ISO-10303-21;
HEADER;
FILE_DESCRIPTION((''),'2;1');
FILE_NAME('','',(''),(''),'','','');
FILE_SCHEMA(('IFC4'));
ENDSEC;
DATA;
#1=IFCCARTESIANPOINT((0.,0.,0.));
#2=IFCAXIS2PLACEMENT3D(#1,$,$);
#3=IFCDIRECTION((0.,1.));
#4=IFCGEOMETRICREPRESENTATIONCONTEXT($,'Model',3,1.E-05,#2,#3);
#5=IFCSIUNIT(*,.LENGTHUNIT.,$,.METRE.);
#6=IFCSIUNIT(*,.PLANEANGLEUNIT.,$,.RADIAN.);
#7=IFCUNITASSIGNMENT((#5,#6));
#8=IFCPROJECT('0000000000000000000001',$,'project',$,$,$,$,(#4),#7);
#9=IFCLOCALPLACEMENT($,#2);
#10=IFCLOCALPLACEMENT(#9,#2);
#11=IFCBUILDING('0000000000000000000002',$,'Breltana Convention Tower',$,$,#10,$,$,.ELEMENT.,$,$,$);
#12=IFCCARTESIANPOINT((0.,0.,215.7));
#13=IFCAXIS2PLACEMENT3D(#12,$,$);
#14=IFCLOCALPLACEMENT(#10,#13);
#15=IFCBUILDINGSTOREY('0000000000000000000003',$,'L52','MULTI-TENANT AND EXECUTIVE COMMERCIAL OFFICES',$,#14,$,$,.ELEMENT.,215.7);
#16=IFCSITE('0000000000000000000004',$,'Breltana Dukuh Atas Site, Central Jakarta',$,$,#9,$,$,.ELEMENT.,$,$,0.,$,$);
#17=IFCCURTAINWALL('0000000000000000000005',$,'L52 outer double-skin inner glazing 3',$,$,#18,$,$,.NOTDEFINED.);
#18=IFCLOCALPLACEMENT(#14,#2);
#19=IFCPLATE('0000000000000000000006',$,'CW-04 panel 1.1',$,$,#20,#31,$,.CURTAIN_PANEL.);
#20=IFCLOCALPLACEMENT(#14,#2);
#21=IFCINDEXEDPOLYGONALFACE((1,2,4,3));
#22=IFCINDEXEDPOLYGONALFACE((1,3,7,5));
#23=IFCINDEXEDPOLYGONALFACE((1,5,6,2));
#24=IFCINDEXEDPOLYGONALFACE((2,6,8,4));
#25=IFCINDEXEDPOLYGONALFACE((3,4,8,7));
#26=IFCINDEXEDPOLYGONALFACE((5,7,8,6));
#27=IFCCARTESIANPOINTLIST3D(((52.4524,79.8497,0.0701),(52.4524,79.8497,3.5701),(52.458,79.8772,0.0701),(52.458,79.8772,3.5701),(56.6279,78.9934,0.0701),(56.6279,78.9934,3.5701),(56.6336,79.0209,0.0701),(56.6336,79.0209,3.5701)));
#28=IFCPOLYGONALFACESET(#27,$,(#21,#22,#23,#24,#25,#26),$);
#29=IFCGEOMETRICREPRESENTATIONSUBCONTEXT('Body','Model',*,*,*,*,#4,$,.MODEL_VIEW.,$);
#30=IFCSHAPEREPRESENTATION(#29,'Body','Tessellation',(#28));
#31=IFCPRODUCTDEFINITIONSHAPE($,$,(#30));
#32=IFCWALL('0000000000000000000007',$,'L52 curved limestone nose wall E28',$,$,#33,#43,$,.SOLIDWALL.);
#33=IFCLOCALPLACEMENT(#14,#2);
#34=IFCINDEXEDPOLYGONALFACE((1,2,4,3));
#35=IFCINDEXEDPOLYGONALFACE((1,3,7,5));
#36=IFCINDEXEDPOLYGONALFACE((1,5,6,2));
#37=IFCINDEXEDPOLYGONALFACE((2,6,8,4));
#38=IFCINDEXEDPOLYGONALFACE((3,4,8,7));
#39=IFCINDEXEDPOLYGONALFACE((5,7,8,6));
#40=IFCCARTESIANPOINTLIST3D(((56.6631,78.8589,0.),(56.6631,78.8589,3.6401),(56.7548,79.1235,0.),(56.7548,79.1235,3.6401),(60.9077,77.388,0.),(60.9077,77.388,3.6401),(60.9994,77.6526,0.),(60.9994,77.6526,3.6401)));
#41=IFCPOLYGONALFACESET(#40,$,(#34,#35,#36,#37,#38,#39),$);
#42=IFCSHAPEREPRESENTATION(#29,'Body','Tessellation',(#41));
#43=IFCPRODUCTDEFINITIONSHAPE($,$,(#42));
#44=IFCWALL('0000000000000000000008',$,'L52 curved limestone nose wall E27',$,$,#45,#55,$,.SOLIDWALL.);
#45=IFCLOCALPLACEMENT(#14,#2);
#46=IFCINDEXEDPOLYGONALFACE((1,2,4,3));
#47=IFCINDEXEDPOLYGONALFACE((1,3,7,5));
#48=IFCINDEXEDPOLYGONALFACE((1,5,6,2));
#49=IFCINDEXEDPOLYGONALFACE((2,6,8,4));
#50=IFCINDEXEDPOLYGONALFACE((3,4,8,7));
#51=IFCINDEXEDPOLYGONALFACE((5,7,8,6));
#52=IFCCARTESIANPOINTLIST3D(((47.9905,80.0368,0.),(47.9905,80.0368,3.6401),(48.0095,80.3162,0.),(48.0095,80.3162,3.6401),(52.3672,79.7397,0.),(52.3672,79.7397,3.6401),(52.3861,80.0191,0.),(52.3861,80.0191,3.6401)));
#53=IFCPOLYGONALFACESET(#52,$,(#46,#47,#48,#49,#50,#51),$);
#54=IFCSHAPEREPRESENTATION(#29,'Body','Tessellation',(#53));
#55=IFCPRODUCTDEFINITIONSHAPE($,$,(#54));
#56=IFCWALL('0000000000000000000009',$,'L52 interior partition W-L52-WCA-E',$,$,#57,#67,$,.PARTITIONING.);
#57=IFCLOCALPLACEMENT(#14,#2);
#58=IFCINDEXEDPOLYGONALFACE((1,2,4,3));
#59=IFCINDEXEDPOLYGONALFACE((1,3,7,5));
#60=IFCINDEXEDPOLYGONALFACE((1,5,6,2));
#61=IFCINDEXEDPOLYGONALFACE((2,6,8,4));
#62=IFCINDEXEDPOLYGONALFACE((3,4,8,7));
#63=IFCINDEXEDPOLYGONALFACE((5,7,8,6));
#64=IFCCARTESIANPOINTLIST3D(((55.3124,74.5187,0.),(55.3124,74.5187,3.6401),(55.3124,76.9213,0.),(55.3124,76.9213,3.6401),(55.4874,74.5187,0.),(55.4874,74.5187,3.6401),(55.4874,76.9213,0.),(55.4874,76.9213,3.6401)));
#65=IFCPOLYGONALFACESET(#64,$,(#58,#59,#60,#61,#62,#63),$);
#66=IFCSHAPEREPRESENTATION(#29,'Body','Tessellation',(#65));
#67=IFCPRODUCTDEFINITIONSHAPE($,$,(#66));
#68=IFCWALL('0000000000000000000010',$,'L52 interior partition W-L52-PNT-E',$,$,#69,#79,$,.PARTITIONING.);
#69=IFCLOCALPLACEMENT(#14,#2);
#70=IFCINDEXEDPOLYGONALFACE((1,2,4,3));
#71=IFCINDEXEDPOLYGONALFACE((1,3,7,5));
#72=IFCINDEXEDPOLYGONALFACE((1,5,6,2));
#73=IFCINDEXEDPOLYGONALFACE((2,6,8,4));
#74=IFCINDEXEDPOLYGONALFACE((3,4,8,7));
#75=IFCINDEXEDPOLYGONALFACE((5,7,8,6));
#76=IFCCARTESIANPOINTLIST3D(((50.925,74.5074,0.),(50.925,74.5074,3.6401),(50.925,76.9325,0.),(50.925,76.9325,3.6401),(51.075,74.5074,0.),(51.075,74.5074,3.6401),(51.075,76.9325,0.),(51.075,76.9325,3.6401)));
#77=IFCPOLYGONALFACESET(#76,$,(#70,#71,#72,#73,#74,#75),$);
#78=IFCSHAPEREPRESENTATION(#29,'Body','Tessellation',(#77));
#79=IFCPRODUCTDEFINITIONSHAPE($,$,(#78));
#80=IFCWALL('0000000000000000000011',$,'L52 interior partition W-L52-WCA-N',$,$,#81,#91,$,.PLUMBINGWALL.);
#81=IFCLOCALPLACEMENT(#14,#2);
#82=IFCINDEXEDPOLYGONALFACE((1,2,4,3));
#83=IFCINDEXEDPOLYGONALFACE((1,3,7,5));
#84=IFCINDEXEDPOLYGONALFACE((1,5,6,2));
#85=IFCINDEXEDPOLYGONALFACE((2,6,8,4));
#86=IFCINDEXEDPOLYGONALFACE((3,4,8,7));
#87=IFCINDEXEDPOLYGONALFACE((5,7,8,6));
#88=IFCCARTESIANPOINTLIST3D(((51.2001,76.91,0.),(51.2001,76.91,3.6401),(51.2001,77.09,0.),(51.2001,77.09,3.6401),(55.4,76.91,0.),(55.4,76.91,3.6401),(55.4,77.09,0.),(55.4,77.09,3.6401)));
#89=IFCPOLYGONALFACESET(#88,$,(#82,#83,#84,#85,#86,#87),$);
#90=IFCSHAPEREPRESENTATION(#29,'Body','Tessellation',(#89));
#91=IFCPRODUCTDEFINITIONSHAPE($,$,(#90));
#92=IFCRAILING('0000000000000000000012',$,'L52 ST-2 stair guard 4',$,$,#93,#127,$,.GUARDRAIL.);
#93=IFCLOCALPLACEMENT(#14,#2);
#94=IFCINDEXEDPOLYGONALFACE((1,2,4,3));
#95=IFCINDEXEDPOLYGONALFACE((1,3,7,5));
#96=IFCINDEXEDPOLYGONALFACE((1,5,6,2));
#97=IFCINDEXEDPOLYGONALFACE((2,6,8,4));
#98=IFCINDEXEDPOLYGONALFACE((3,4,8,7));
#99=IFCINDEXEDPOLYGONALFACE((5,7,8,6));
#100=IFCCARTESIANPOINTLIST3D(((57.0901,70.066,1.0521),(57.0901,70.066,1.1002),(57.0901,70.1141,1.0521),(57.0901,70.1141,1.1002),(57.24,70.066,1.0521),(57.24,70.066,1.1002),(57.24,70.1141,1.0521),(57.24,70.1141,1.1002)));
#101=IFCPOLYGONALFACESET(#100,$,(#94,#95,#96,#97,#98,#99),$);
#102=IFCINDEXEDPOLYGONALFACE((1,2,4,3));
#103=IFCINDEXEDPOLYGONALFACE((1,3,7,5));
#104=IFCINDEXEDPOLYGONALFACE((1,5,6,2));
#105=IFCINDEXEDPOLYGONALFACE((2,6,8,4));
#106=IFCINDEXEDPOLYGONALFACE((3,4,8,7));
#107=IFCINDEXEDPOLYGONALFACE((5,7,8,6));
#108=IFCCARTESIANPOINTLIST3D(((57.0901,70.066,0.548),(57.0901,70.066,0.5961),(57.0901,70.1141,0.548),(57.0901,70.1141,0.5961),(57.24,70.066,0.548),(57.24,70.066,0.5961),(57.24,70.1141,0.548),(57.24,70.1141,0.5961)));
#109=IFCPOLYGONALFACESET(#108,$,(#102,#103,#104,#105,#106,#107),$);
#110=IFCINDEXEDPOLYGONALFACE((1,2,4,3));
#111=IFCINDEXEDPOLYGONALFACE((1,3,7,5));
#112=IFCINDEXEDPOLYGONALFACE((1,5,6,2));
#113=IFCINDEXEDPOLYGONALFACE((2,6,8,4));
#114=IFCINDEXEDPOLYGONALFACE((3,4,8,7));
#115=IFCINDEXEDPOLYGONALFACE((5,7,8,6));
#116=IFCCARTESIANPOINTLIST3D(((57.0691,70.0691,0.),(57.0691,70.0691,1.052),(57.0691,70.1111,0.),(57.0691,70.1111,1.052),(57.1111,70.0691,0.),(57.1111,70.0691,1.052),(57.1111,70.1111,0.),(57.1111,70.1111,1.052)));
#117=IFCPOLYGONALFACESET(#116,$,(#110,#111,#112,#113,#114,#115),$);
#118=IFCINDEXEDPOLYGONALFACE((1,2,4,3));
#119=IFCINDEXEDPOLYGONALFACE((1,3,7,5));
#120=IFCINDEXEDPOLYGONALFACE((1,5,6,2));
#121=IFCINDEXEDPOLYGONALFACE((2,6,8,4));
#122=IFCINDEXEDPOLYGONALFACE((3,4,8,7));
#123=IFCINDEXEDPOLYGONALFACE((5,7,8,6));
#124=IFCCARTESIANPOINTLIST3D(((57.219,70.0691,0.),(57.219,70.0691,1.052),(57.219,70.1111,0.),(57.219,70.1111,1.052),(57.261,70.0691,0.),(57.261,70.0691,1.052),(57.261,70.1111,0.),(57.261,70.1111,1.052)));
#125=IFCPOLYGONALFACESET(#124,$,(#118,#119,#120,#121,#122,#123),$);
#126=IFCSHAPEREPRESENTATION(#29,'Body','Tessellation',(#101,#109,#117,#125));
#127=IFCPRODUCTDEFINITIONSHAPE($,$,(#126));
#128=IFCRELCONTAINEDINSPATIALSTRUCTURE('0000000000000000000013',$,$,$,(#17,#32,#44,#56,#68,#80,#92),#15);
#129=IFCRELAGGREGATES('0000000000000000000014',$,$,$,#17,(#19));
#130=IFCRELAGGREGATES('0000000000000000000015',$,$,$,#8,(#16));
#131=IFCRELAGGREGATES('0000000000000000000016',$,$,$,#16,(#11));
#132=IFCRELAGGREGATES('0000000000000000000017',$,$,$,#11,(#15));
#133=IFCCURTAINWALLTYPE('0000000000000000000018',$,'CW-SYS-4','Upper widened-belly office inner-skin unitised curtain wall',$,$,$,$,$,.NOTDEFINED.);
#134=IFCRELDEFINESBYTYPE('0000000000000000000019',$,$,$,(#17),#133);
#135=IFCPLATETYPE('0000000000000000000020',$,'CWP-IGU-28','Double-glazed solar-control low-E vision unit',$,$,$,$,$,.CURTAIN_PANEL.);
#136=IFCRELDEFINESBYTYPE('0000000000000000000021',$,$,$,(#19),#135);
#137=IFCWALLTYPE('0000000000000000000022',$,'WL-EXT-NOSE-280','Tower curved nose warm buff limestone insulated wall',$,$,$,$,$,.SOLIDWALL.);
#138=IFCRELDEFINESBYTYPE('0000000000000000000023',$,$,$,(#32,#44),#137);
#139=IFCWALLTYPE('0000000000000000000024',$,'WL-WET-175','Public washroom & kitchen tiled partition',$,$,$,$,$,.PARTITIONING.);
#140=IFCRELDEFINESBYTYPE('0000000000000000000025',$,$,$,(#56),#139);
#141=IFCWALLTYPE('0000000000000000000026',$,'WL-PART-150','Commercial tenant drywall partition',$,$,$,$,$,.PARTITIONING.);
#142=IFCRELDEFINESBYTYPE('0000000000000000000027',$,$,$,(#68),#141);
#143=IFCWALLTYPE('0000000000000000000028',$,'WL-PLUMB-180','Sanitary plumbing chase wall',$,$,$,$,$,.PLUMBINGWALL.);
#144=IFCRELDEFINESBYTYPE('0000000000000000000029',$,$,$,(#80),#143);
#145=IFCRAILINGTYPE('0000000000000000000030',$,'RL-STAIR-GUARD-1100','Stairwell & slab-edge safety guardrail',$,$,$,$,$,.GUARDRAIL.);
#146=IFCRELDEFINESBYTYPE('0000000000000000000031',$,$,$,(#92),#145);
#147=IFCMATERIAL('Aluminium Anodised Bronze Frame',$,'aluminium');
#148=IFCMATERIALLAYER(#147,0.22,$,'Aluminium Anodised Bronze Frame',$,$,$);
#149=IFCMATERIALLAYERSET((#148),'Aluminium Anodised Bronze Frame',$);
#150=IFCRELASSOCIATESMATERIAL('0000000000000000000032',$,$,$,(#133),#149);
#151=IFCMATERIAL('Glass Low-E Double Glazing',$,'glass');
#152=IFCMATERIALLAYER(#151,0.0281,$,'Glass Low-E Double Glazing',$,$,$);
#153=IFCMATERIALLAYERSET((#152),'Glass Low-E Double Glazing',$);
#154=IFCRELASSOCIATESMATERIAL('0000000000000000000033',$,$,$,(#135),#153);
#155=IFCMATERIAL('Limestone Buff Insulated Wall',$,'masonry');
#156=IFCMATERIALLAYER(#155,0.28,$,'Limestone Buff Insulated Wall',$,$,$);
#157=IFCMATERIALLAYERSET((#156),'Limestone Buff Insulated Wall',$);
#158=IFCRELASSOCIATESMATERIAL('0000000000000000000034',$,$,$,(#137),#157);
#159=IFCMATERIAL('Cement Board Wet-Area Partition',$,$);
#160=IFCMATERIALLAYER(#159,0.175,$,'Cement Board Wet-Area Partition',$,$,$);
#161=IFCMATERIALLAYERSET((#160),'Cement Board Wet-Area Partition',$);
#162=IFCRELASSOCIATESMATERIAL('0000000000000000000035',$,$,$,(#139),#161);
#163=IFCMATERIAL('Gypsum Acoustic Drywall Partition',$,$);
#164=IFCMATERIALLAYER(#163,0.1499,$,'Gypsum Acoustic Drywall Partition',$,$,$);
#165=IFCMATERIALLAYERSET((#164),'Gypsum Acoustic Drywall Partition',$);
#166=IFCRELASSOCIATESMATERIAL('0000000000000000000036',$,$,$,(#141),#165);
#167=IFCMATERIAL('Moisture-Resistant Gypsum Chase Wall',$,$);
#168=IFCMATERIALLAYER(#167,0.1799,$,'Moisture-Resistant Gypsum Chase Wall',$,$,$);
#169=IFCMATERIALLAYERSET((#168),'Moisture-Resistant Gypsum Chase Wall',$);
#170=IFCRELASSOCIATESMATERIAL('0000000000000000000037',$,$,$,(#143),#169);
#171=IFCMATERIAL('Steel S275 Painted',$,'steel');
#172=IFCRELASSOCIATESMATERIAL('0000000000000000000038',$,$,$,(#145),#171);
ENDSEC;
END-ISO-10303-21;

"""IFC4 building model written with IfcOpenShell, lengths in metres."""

from ifc_helpers import new_model, si_unit, direction, frame, frame_2d, origin, origin_2d, place, context, subcontext, project, spatial, rectangle, extrude, source, transform, mapped, material, layer, layer_set, type_object, element, aggregate, save


model = new_model("IFC4")

# Units and contexts
model_context = context("Model", 3, precision=1e-05, world=origin(), true_north=direction((0.0, 1.0)))
body_context = subcontext(model_context, "Body", "Model", "MODEL_VIEW")
ifc_project = project(units=[si_unit("LENGTHUNIT", "METRE"), si_unit("PLANEANGLEUNIT", "RADIAN")], contexts=[model_context])

# Site, building, storey
site_placement = place(None, origin())
site = spatial("IfcSite", under=ifc_project, at=site_placement, Name="Breltana Dukuh Atas Site, Central Jakarta", CompositionType="ELEMENT", RefElevation=0.0)
building_placement = place(site_placement, origin())
building = spatial("IfcBuilding", under=site, at=building_placement, Name="Breltana Convention Tower", CompositionType="ELEMENT")
storey_placement = place(building_placement, frame((0.0, 0.0, 215.7)))
storey = spatial("IfcBuildingStorey", under=building, at=storey_placement, Name="L52", Description="MULTI-TENANT AND EXECUTIVE COMMERCIAL OFFICES", CompositionType="ELEMENT", Elevation=215.7)

# Curtain wall, plate
ifc_material_1 = material(Name="Aluminium Anodised Bronze Frame", Category="aluminium")
ifc_layer_1 = layer(ifc_material_1, 0.22, Name="Aluminium Anodised Bronze Frame")
ifc_layer_set_1 = layer_set([ifc_layer_1], Name="Aluminium Anodised Bronze Frame")
curtain_wall_type = type_object("IfcCurtainWallType", Name="CW-SYS-4", Description="Upper widened-belly office inner-skin unitised curtain wall", PredefinedType="NOTDEFINED", material=ifc_layer_set_1)
curtain_wall_placement = place(storey_placement, origin())
curtain_wall = element("IfcCurtainWall", 1, at=curtain_wall_placement, inside=storey, type_object=curtain_wall_type, Name="L52 outer double-skin inner glazing 3", PredefinedType="NOTDEFINED")
ifc_material_2 = material(Name="Glass Low-E Double Glazing", Category="glass")
ifc_layer_2 = layer(ifc_material_2, 0.0281, Name="Glass Low-E Double Glazing")
ifc_layer_set_2 = layer_set([ifc_layer_2], Name="Glass Low-E Double Glazing")
plate_type = type_object("IfcPlateType", Name="CWP-IGU-28", Description="Double-glazed solar-control low-E vision unit", PredefinedType="CURTAIN_PANEL", material=ifc_layer_set_2)
shared_shape_1 = source(origin(), body_context, "Body", "SweptSolid", [
    extrude(rectangle(XDim=4.2625, YDim=0.0281, at=origin_2d()), origin(), (0.0, 0.0, 1.0), 3.5),
])
plate_placement = place(storey_placement, frame((54.543, 79.4353, 0.0701), z_axis=(0.0, 0.0, 1.0), x_axis=(0.979616, -0.20088, 0.0)))
plate = element("IfcPlate", 2, at=plate_placement, type_object=plate_type, Name="CW-04 panel 1.1", PredefinedType="CURTAIN_PANEL", context=body_context, shape_type="MappedRepresentation", body=[
    mapped(shared_shape_1, transform((0.0, 0.0, 0.0), scale=1.0)),
])
aggregate(curtain_wall, [plate])

# Walls
ifc_material_3 = material(Name="Limestone Buff Insulated Wall", Category="masonry")
ifc_layer_3 = layer(ifc_material_3, 0.28, Name="Limestone Buff Insulated Wall")
ifc_layer_set_3 = layer_set([ifc_layer_3], Name="Limestone Buff Insulated Wall")
wall_type_1 = type_object("IfcWallType", Name="WL-EXT-NOSE-280", Description="Tower curved nose warm buff limestone insulated wall", PredefinedType="SOLIDWALL", material=ifc_layer_set_3)
shared_shape_2 = source(origin(), body_context, "Body", "SweptSolid", [
    extrude(rectangle(XDim=4.4922, YDim=0.28, at=frame_2d((2.2461, 0.0))), origin(), (0.0, 0.0, 1.0), 3.6401),
])
wall_1_placement = place(storey_placement, frame((56.709, 78.9912, 0.0), z_axis=(0.0, 0.0, 1.0), x_axis=(0.944872, -0.327439, 0.0)))
element("IfcWall", 3, at=wall_1_placement, inside=storey, type_object=wall_type_1, Name="L52 curved limestone nose wall E28", PredefinedType="SOLIDWALL", context=body_context, shape_type="MappedRepresentation", body=[
    mapped(shared_shape_2, transform((0.0, 0.0, 0.0), scale=1.0)),
])
shared_shape_3 = source(origin(), body_context, "Body", "SweptSolid", [
    extrude(rectangle(XDim=4.3867, YDim=0.28, at=frame_2d((2.1934, 0.0))), origin(), (0.0, 0.0, 1.0), 3.6401),
])
wall_2_placement = place(storey_placement, frame((48.0, 80.1765, 0.0), z_axis=(0.0, 0.0, 1.0), x_axis=(0.997704, -0.067731, 0.0)))
element("IfcWall", 4, at=wall_2_placement, inside=storey, type_object=wall_type_1, Name="L52 curved limestone nose wall E27", PredefinedType="SOLIDWALL", context=body_context, shape_type="MappedRepresentation", body=[
    mapped(shared_shape_3, transform((0.0, 0.0, 0.0), scale=1.0)),
])
ifc_material_4 = material(Name="Cement Board Wet-Area Partition")
ifc_layer_4 = layer(ifc_material_4, 0.175, Name="Cement Board Wet-Area Partition")
ifc_layer_set_4 = layer_set([ifc_layer_4], Name="Cement Board Wet-Area Partition")
wall_type_2 = type_object("IfcWallType", Name="WL-WET-175", Description="Public washroom & kitchen tiled partition", PredefinedType="PARTITIONING", material=ifc_layer_set_4)
shared_shape_4 = source(origin(), body_context, "Body", "SweptSolid", [
    extrude(rectangle(XDim=2.4026, YDim=0.175, at=frame_2d((1.2012, 0.0))), origin(), (0.0, 0.0, 1.0), 3.6401),
])
wall_3_placement = place(storey_placement, frame((55.3999, 74.5188, 0.0), z_axis=(0.0, 0.0, 1.0), x_axis=(0.0, 1.0, 0.0)))
element("IfcWall", 5, at=wall_3_placement, inside=storey, type_object=wall_type_2, Name="L52 interior partition W-L52-WCA-E", PredefinedType="PARTITIONING", context=body_context, shape_type="MappedRepresentation", body=[
    mapped(shared_shape_4, transform((0.0, 0.0, 0.0), scale=1.0)),
])
ifc_material_5 = material(Name="Gypsum Acoustic Drywall Partition")
ifc_layer_5 = layer(ifc_material_5, 0.1499, Name="Gypsum Acoustic Drywall Partition")
ifc_layer_set_5 = layer_set([ifc_layer_5], Name="Gypsum Acoustic Drywall Partition")
wall_type_3 = type_object("IfcWallType", Name="WL-PART-150", Description="Commercial tenant drywall partition", PredefinedType="PARTITIONING", material=ifc_layer_set_5)
shared_shape_5 = source(origin(), body_context, "Body", "SweptSolid", [
    extrude(rectangle(XDim=2.425, YDim=0.1499, at=frame_2d((1.2124, 0.0))), origin(), (0.0, 0.0, 1.0), 3.6401),
])
wall_4_placement = place(storey_placement, frame((51.0, 74.5076, 0.0), z_axis=(0.0, 0.0, 1.0), x_axis=(0.0, 1.0, 0.0)))
element("IfcWall", 6, at=wall_4_placement, inside=storey, type_object=wall_type_3, Name="L52 interior partition W-L52-PNT-E", PredefinedType="PARTITIONING", context=body_context, shape_type="MappedRepresentation", body=[
    mapped(shared_shape_5, transform((0.0, 0.0, 0.0), scale=1.0)),
])

# Wall
ifc_material_6 = material(Name="Moisture-Resistant Gypsum Chase Wall")
ifc_layer_6 = layer(ifc_material_6, 0.1799, Name="Moisture-Resistant Gypsum Chase Wall")
ifc_layer_set_6 = layer_set([ifc_layer_6], Name="Moisture-Resistant Gypsum Chase Wall")
wall_type_4 = type_object("IfcWallType", Name="WL-PLUMB-180", Description="Sanitary plumbing chase wall", PredefinedType="PLUMBINGWALL", material=ifc_layer_set_6)
shared_shape_6 = source(origin(), body_context, "Body", "SweptSolid", [
    extrude(rectangle(XDim=4.2, YDim=0.1799, at=frame_2d((2.1001, 0.0))), origin(), (0.0, 0.0, 1.0), 3.6401),
])
wall_5_placement = place(storey_placement, frame((51.2, 77.0, 0.0), z_axis=(0.0, 0.0, 1.0), x_axis=(1.0, 0.0, 0.0)))
element("IfcWall", 7, at=wall_5_placement, inside=storey, type_object=wall_type_4, Name="L52 interior partition W-L52-WCA-N", PredefinedType="PLUMBINGWALL", context=body_context, shape_type="MappedRepresentation", body=[
    mapped(shared_shape_6, transform((0.0, 0.0, 0.0), scale=1.0)),
])

# Railing
ifc_material_7 = material(Name="Steel S275 Painted", Category="steel")
railing_type = type_object("IfcRailingType", Name="RL-STAIR-GUARD-1100", Description="Stairwell & slab-edge safety guardrail", PredefinedType="GUARDRAIL", material=ifc_material_7)
railing_placement = place(storey_placement, frame((57.0901, 70.0901, 0.0)))
element("IfcRailing", 8, at=railing_placement, inside=storey, type_object=railing_type, Name="L52 ST-2 stair guard 4", PredefinedType="GUARDRAIL", context=body_context, shape_type="SweptSolid", body=[
    extrude(rectangle(XDim=0.0481, YDim=0.0481, at=origin_2d()), frame((0.0, 0.0, 1.0762), z_axis=(1.0, 0.0, 0.0), x_axis=(0.0, 1.0, 0.0)), (0.0, 0.0, 1.0), 0.1499),
    extrude(rectangle(XDim=0.0481, YDim=0.0481, at=origin_2d()), frame((0.0, 0.0, 0.572), z_axis=(1.0, 0.0, 0.0), x_axis=(0.0, 1.0, 0.0)), (0.0, 0.0, 1.0), 0.1499),
    extrude(rectangle(XDim=0.042, YDim=0.042, at=origin_2d()), origin(), (0.0, 0.0, 1.0), 1.052),
    extrude(rectangle(XDim=0.042, YDim=0.042, at=origin_2d()), frame((0.1499, 0.0, 0.0)), (0.0, 0.0, 1.0), 1.052),
])

save(model, "model.ifc")
